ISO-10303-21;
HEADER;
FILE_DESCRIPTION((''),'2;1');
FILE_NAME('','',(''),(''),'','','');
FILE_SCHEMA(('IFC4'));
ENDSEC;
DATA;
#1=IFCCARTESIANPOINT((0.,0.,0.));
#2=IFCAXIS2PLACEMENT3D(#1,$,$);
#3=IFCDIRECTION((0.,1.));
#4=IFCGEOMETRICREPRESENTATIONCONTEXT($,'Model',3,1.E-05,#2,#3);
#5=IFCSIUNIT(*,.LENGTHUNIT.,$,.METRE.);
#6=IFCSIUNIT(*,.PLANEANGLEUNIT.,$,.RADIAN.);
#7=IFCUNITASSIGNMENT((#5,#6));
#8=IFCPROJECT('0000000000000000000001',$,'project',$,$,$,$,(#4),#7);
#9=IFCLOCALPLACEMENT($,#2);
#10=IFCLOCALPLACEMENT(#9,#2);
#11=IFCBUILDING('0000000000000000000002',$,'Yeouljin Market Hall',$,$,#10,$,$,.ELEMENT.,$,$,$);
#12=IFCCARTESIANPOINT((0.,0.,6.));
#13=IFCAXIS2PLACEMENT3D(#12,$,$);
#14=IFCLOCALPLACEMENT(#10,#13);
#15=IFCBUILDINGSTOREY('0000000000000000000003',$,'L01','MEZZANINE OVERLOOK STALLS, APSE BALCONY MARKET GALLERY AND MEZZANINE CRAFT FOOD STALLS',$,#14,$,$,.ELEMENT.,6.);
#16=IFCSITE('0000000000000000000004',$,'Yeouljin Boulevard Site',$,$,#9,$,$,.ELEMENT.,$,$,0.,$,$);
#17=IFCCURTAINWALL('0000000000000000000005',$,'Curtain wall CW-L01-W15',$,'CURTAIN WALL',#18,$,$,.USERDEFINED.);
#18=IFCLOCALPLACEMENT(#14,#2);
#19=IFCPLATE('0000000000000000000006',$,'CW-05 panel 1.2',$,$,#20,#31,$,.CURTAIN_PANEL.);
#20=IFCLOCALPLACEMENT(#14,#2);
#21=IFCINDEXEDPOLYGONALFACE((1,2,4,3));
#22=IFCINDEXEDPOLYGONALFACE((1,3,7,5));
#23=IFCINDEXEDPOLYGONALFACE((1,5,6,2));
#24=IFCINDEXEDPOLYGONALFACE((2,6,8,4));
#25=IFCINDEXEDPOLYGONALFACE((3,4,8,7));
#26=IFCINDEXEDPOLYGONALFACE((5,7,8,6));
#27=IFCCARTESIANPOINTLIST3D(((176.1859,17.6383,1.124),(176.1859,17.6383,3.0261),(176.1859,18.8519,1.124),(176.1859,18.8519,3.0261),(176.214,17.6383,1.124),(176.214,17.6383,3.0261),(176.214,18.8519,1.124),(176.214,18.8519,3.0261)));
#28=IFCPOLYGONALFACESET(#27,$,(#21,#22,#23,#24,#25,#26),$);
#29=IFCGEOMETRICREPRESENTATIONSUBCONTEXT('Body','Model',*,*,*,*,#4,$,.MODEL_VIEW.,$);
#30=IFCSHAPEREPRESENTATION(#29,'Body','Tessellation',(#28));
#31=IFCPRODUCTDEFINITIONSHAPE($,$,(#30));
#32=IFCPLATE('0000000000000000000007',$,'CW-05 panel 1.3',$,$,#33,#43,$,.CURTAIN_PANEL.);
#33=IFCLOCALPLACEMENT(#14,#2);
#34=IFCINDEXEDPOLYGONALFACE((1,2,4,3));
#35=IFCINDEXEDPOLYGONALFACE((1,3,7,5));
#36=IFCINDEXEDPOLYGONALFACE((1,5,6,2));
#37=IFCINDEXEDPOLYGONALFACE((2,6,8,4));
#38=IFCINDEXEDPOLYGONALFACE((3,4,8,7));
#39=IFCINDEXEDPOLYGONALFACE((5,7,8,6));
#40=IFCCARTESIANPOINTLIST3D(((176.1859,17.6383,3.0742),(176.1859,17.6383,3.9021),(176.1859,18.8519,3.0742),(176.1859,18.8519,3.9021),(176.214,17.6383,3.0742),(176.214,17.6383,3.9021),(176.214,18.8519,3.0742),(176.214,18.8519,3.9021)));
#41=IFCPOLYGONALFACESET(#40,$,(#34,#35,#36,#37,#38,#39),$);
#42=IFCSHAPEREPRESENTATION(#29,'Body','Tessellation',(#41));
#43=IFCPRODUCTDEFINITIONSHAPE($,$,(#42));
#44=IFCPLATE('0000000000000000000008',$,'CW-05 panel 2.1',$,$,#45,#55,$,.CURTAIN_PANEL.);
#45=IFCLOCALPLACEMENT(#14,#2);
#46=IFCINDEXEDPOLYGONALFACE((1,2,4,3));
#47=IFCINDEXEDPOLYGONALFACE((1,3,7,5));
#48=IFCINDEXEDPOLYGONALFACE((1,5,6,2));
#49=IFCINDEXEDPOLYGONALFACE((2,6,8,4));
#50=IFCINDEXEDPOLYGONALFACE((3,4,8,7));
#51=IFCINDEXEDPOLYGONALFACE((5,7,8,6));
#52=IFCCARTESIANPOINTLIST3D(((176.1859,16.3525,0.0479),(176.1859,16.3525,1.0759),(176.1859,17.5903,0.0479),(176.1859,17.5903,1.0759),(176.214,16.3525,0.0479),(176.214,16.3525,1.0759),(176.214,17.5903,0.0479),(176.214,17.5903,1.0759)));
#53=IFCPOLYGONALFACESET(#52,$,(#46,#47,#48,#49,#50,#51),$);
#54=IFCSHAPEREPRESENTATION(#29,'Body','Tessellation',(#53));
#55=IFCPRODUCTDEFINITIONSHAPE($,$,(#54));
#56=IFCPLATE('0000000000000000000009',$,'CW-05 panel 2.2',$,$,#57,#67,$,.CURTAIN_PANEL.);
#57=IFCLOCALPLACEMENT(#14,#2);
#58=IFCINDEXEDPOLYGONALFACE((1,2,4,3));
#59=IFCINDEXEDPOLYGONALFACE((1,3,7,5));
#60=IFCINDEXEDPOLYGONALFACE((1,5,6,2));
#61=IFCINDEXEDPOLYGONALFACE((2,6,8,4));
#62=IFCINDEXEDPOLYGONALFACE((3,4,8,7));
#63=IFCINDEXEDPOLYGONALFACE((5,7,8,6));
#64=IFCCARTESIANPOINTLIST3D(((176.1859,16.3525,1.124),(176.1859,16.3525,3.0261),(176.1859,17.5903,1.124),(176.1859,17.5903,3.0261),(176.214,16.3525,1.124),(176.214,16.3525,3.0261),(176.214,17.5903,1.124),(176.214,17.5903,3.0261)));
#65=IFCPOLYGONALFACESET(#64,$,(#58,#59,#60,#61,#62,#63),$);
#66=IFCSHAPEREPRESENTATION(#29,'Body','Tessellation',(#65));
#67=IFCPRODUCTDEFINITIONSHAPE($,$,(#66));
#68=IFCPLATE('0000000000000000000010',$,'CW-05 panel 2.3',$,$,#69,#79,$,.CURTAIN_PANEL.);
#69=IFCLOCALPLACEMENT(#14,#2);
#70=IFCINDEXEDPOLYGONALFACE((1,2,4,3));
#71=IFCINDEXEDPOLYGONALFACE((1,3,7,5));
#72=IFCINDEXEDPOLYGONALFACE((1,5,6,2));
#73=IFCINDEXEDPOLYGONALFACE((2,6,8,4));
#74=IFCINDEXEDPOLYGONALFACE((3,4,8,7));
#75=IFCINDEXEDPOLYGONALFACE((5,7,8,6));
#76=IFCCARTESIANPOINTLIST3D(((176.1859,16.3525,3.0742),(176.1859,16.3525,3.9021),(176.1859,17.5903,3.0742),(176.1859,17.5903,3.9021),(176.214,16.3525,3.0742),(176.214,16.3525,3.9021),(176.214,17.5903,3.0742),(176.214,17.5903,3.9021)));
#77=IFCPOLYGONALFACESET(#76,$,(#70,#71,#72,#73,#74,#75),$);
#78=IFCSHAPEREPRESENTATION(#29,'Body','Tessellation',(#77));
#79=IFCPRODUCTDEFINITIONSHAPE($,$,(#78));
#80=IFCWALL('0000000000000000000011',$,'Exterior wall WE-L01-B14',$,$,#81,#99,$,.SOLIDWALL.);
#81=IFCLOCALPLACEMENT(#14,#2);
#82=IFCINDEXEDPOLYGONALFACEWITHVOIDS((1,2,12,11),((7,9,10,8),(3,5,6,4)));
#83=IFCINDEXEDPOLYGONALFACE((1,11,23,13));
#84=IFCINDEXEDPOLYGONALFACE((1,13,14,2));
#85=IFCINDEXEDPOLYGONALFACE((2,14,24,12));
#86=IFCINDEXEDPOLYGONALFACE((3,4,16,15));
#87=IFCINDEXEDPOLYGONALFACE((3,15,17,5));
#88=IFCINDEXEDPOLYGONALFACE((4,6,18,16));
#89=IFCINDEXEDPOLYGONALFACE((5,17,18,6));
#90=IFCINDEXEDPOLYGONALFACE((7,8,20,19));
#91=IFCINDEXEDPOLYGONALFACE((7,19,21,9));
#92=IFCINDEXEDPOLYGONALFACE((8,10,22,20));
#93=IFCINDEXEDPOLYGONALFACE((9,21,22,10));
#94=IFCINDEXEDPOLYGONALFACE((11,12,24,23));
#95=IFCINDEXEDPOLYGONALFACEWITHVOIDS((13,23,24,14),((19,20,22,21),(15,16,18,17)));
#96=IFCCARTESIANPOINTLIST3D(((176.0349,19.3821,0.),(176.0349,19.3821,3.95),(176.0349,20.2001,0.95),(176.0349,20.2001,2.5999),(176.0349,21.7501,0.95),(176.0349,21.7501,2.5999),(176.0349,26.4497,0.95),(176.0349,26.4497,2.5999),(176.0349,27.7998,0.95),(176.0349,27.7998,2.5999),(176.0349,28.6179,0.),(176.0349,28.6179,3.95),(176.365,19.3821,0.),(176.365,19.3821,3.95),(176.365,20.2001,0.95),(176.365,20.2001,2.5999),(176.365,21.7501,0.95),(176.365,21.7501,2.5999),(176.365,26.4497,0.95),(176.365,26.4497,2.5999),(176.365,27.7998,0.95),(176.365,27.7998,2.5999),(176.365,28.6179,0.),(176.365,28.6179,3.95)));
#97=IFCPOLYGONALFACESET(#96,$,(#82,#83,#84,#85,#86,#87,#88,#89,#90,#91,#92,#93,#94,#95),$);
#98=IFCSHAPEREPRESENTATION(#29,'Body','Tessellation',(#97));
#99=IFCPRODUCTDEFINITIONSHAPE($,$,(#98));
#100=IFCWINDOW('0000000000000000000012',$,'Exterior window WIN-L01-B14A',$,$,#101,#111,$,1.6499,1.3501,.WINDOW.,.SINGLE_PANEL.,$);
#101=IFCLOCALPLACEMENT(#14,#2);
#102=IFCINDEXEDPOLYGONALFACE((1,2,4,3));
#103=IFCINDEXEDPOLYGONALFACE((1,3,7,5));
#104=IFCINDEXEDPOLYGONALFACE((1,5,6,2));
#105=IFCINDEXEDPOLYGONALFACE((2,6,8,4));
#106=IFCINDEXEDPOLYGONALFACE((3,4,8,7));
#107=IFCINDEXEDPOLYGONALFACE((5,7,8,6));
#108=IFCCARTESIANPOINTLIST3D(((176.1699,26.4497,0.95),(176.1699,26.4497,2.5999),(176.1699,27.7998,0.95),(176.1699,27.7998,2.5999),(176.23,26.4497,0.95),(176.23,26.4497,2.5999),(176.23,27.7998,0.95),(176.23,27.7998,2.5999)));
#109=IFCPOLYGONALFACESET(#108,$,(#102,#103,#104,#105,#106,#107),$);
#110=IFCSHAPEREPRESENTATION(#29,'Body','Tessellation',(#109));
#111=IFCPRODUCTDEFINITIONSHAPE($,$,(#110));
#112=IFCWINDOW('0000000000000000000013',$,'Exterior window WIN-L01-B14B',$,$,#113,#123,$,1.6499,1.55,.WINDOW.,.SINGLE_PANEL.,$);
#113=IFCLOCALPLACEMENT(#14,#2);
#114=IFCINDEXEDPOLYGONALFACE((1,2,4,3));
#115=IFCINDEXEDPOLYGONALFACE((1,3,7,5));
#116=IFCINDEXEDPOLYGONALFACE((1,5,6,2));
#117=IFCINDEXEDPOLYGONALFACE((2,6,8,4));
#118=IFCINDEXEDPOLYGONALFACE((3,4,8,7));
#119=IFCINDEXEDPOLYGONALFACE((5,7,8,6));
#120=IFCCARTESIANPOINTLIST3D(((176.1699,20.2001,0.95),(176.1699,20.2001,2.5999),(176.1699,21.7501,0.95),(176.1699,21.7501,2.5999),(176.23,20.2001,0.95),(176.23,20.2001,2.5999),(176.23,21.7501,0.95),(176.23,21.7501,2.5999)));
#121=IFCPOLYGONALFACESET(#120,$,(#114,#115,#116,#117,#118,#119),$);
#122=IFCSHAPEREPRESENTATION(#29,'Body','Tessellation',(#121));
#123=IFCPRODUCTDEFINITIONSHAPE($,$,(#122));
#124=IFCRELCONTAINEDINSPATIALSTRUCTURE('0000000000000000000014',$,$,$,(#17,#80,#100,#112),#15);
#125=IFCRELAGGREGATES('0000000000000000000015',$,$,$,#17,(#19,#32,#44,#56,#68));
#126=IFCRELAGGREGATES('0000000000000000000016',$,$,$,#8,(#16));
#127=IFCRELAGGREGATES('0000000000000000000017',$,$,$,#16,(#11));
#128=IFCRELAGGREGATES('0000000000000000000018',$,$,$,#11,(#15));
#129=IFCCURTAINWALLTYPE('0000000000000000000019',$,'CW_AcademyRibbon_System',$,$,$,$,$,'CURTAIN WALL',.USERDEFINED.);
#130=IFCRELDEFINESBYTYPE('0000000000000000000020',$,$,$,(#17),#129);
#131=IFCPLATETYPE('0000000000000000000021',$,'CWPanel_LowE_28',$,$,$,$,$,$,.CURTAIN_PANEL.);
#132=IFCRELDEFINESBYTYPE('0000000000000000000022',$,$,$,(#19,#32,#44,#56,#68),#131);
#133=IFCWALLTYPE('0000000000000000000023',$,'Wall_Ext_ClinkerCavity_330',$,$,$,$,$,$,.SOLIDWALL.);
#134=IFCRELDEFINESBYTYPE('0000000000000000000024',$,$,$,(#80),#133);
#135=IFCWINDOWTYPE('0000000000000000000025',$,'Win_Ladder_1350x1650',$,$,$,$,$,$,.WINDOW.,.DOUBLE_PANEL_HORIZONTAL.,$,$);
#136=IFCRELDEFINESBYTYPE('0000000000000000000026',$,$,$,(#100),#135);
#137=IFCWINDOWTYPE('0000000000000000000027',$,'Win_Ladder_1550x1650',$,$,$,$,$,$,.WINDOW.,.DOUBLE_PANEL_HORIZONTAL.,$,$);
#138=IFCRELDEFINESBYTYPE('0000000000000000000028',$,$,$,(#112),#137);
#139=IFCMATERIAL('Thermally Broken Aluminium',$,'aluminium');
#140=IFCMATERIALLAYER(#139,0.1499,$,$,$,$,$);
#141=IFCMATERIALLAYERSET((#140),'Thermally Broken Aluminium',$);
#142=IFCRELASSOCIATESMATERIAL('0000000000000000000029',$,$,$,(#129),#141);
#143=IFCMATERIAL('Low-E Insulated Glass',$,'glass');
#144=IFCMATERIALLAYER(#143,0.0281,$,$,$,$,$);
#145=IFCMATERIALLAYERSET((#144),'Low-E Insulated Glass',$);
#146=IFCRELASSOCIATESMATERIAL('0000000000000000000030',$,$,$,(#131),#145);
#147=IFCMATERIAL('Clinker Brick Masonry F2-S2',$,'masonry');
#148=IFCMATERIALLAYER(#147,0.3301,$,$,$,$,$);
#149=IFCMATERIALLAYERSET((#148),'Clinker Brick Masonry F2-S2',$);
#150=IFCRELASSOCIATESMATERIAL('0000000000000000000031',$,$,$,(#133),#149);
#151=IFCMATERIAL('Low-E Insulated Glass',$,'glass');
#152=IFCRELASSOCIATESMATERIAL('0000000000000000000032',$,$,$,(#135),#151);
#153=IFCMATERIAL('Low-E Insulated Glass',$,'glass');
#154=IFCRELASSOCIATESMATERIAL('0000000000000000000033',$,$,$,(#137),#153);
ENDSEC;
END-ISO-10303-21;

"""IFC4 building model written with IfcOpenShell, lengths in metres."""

from ifc_helpers import new_model, si_unit, direction, frame, frame_2d, origin, origin_2d, place, context, subcontext, project, spatial, rectangle, extrude, material, layer, layer_set, type_object, element, fill, aggregate, save


model = new_model("IFC4")

# Units and contexts
model_context = context("Model", 3, precision=1e-05, world=origin(), true_north=direction((0.0, 1.0)))
body_context = subcontext(model_context, "Body", "Model", "MODEL_VIEW")
ifc_project = project(units=[si_unit("LENGTHUNIT", "METRE"), si_unit("PLANEANGLEUNIT", "RADIAN")], contexts=[model_context])

# Site, building, storey
site_placement = place(None, origin())
site = spatial("IfcSite", under=ifc_project, at=site_placement, Name="Yeouljin Boulevard Site", CompositionType="ELEMENT", RefElevation=0.0)
building_placement = place(site_placement, origin())
building = spatial("IfcBuilding", under=site, at=building_placement, Name="Yeouljin Market Hall", CompositionType="ELEMENT")
storey_placement = place(building_placement, frame((0.0, 0.0, 6.0)))
storey = spatial("IfcBuildingStorey", under=building, at=storey_placement, Name="L01", Description="MEZZANINE OVERLOOK STALLS, APSE BALCONY MARKET GALLERY AND MEZZANINE CRAFT FOOD STALLS", CompositionType="ELEMENT", Elevation=6.0)

# Shared definitions
ifc_material_1 = material(Name="Thermally Broken Aluminium", Category="aluminium")
ifc_layer_1 = layer(ifc_material_1, 0.1499)
ifc_layer_set_1 = layer_set([ifc_layer_1], Name="Thermally Broken Aluminium")
curtain_wall_type = type_object("IfcCurtainWallType", Name="CW_AcademyRibbon_System", ElementType="CURTAIN WALL", PredefinedType="USERDEFINED", material=ifc_layer_set_1)

# Curtain wall
curtain_wall_1_placement = place(storey_placement, origin())
curtain_wall_1 = element("IfcCurtainWall", 1, at=curtain_wall_1_placement, inside=storey, type_object=curtain_wall_type, Name="Curtain wall CW-L01-W15", ObjectType="CURTAIN WALL", PredefinedType="USERDEFINED")

# Plates
ifc_material_2 = material(Name="Low-E Insulated Glass", Category="glass")
ifc_layer_2 = layer(ifc_material_2, 0.0281)
ifc_layer_set_2 = layer_set([ifc_layer_2], Name="Low-E Insulated Glass")
plate_type = type_object("IfcPlateType", Name="CWPanel_LowE_28", PredefinedType="CURTAIN_PANEL", material=ifc_layer_set_2)
plate_1_placement = place(storey_placement, frame((176.2, 18.2451, 1.124), z_axis=(0.0, 0.0, 1.0), x_axis=(0.0, -1.0, 0.0)))
plate_1 = element("IfcPlate", 2, at=plate_1_placement, type_object=plate_type, Name="CW-05 panel 1.2", PredefinedType="CURTAIN_PANEL", context=body_context, shape_type="SweptSolid", body=[
    extrude(rectangle(XDim=1.2136, YDim=0.0281, at=origin_2d()), origin(), (0.0, 0.0, 1.0), 1.9021),
])
plate_2_placement = place(storey_placement, frame((176.2, 18.2451, 3.0742), z_axis=(0.0, 0.0, 1.0), x_axis=(0.0, -1.0, 0.0)))
plate_2 = element("IfcPlate", 3, at=plate_2_placement, type_object=plate_type, Name="CW-05 panel 1.3", PredefinedType="CURTAIN_PANEL", context=body_context, shape_type="SweptSolid", body=[
    extrude(rectangle(XDim=1.2136, YDim=0.0281, at=origin_2d()), origin(), (0.0, 0.0, 1.0), 0.8279),
])
plate_3_placement = place(storey_placement, frame((176.2, 16.9714, 0.0479), z_axis=(0.0, 0.0, 1.0), x_axis=(0.0, -1.0, 0.0)))
plate_3 = element("IfcPlate", 4, at=plate_3_placement, type_object=plate_type, Name="CW-05 panel 2.1", PredefinedType="CURTAIN_PANEL", context=body_context, shape_type="SweptSolid", body=[
    extrude(rectangle(XDim=1.2378, YDim=0.0281, at=origin_2d()), origin(), (0.0, 0.0, 1.0), 1.0281),
])
plate_4_placement = place(storey_placement, frame((176.2, 16.9714, 1.124), z_axis=(0.0, 0.0, 1.0), x_axis=(0.0, -1.0, 0.0)))
plate_4 = element("IfcPlate", 5, at=plate_4_placement, type_object=plate_type, Name="CW-05 panel 2.2", PredefinedType="CURTAIN_PANEL", context=body_context, shape_type="SweptSolid", body=[
    extrude(rectangle(XDim=1.2378, YDim=0.0281, at=origin_2d()), origin(), (0.0, 0.0, 1.0), 1.9021),
])
plate_5_placement = place(storey_placement, frame((176.2, 16.9714, 3.0742), z_axis=(0.0, 0.0, 1.0), x_axis=(0.0, -1.0, 0.0)))
plate_5 = element("IfcPlate", 6, at=plate_5_placement, type_object=plate_type, Name="CW-05 panel 2.3", PredefinedType="CURTAIN_PANEL", context=body_context, shape_type="SweptSolid", body=[
    extrude(rectangle(XDim=1.2378, YDim=0.0281, at=origin_2d()), origin(), (0.0, 0.0, 1.0), 0.8279),
])
aggregate(curtain_wall_1, [plate_1, plate_2, plate_3, plate_4, plate_5])

# Wall, openings, windows
ifc_material_3 = material(Name="Clinker Brick Masonry F2-S2", Category="masonry")
ifc_layer_3 = layer(ifc_material_3, 0.3301)
ifc_layer_set_3 = layer_set([ifc_layer_3], Name="Clinker Brick Masonry F2-S2")
wall_type = type_object("IfcWallType", Name="Wall_Ext_ClinkerCavity_330", PredefinedType="SOLIDWALL", material=ifc_layer_set_3)
wall_placement = place(storey_placement, frame((176.2, 28.6179, 0.0), z_axis=(0.0, 0.0, 1.0), x_axis=(0.0, -1.0, 0.0)))
wall = element("IfcWall", 7, at=wall_placement, inside=storey, type_object=wall_type, Name="Exterior wall WE-L01-B14", PredefinedType="SOLIDWALL", context=body_context, shape_type="SweptSolid", body=[
    extrude(rectangle(XDim=9.2358, YDim=0.3301, at=frame_2d((4.6179, 0.0))), origin(), (0.0, 0.0, 1.0), 3.95),
])
opening_1_placement = place(wall_placement, frame((0.8181, 0.0, 0.95)))
opening_1 = element("IfcOpeningElement", 8, at=opening_1_placement, cuts=wall, PredefinedType="OPENING", context=body_context, shape_type="SweptSolid", body=[
    extrude(rectangle(XDim=1.3501, YDim=1.6499, at=frame_2d((0.675, 0.825))), frame((0.0, 0.175, 0.0), z_axis=(0.0, -1.0, 0.0), x_axis=(1.0, 0.0, 0.0)), (0.0, 0.0, 1.0), 0.3501),
])
opening_2_placement = place(wall_placement, frame((6.8679, 0.0, 0.95)))
opening_2 = element("IfcOpeningElement", 9, at=opening_2_placement, cuts=wall, PredefinedType="OPENING", context=body_context, shape_type="SweptSolid", body=[
    extrude(rectangle(XDim=1.55, YDim=1.6499, at=frame_2d((0.7749, 0.825))), frame((0.0, 0.175, 0.0), z_axis=(0.0, -1.0, 0.0), x_axis=(1.0, 0.0, 0.0)), (0.0, 0.0, 1.0), 0.3501),
])
ifc_material_4 = material(Name="Low-E Insulated Glass", Category="glass")
window_type_1 = type_object("IfcWindowType", Name="Win_Ladder_1350x1650", PartitioningType="DOUBLE_PANEL_HORIZONTAL", PredefinedType="WINDOW", material=ifc_material_4)
window_1_placement = place(opening_1_placement, origin())
window_1 = element("IfcWindow", 10, at=window_1_placement, inside=storey, type_object=window_type_1, Name="Exterior window WIN-L01-B14A", OverallHeight=1.6499, OverallWidth=1.3501, PartitioningType="SINGLE_PANEL", PredefinedType="WINDOW", context=body_context, shape_type="SweptSolid", body=[
    extrude(rectangle(XDim=1.3501, YDim=1.6499, at=frame_2d((0.675, 0.825))), frame((0.0, 0.03, 0.0), z_axis=(0.0, -1.0, 0.0), x_axis=(1.0, 0.0, 0.0)), (0.0, 0.0, 1.0), 0.0601),
])
fill(opening_1, window_1)
ifc_material_5 = material(Name="Low-E Insulated Glass", Category="glass")
window_type_2 = type_object("IfcWindowType", Name="Win_Ladder_1550x1650", PartitioningType="DOUBLE_PANEL_HORIZONTAL", PredefinedType="WINDOW", material=ifc_material_5)
window_2_placement = place(opening_2_placement, origin())
window_2 = element("IfcWindow", 11, at=window_2_placement, inside=storey, type_object=window_type_2, Name="Exterior window WIN-L01-B14B", OverallHeight=1.6499, OverallWidth=1.55, PartitioningType="SINGLE_PANEL", PredefinedType="WINDOW", context=body_context, shape_type="SweptSolid", body=[
    extrude(rectangle(XDim=1.55, YDim=1.6499, at=frame_2d((0.7749, 0.825))), frame((0.0, 0.03, 0.0), z_axis=(0.0, -1.0, 0.0), x_axis=(1.0, 0.0, 0.0)), (0.0, 0.0, 1.0), 0.0601),
])
fill(opening_2, window_2)

save(model, "model.ifc")
